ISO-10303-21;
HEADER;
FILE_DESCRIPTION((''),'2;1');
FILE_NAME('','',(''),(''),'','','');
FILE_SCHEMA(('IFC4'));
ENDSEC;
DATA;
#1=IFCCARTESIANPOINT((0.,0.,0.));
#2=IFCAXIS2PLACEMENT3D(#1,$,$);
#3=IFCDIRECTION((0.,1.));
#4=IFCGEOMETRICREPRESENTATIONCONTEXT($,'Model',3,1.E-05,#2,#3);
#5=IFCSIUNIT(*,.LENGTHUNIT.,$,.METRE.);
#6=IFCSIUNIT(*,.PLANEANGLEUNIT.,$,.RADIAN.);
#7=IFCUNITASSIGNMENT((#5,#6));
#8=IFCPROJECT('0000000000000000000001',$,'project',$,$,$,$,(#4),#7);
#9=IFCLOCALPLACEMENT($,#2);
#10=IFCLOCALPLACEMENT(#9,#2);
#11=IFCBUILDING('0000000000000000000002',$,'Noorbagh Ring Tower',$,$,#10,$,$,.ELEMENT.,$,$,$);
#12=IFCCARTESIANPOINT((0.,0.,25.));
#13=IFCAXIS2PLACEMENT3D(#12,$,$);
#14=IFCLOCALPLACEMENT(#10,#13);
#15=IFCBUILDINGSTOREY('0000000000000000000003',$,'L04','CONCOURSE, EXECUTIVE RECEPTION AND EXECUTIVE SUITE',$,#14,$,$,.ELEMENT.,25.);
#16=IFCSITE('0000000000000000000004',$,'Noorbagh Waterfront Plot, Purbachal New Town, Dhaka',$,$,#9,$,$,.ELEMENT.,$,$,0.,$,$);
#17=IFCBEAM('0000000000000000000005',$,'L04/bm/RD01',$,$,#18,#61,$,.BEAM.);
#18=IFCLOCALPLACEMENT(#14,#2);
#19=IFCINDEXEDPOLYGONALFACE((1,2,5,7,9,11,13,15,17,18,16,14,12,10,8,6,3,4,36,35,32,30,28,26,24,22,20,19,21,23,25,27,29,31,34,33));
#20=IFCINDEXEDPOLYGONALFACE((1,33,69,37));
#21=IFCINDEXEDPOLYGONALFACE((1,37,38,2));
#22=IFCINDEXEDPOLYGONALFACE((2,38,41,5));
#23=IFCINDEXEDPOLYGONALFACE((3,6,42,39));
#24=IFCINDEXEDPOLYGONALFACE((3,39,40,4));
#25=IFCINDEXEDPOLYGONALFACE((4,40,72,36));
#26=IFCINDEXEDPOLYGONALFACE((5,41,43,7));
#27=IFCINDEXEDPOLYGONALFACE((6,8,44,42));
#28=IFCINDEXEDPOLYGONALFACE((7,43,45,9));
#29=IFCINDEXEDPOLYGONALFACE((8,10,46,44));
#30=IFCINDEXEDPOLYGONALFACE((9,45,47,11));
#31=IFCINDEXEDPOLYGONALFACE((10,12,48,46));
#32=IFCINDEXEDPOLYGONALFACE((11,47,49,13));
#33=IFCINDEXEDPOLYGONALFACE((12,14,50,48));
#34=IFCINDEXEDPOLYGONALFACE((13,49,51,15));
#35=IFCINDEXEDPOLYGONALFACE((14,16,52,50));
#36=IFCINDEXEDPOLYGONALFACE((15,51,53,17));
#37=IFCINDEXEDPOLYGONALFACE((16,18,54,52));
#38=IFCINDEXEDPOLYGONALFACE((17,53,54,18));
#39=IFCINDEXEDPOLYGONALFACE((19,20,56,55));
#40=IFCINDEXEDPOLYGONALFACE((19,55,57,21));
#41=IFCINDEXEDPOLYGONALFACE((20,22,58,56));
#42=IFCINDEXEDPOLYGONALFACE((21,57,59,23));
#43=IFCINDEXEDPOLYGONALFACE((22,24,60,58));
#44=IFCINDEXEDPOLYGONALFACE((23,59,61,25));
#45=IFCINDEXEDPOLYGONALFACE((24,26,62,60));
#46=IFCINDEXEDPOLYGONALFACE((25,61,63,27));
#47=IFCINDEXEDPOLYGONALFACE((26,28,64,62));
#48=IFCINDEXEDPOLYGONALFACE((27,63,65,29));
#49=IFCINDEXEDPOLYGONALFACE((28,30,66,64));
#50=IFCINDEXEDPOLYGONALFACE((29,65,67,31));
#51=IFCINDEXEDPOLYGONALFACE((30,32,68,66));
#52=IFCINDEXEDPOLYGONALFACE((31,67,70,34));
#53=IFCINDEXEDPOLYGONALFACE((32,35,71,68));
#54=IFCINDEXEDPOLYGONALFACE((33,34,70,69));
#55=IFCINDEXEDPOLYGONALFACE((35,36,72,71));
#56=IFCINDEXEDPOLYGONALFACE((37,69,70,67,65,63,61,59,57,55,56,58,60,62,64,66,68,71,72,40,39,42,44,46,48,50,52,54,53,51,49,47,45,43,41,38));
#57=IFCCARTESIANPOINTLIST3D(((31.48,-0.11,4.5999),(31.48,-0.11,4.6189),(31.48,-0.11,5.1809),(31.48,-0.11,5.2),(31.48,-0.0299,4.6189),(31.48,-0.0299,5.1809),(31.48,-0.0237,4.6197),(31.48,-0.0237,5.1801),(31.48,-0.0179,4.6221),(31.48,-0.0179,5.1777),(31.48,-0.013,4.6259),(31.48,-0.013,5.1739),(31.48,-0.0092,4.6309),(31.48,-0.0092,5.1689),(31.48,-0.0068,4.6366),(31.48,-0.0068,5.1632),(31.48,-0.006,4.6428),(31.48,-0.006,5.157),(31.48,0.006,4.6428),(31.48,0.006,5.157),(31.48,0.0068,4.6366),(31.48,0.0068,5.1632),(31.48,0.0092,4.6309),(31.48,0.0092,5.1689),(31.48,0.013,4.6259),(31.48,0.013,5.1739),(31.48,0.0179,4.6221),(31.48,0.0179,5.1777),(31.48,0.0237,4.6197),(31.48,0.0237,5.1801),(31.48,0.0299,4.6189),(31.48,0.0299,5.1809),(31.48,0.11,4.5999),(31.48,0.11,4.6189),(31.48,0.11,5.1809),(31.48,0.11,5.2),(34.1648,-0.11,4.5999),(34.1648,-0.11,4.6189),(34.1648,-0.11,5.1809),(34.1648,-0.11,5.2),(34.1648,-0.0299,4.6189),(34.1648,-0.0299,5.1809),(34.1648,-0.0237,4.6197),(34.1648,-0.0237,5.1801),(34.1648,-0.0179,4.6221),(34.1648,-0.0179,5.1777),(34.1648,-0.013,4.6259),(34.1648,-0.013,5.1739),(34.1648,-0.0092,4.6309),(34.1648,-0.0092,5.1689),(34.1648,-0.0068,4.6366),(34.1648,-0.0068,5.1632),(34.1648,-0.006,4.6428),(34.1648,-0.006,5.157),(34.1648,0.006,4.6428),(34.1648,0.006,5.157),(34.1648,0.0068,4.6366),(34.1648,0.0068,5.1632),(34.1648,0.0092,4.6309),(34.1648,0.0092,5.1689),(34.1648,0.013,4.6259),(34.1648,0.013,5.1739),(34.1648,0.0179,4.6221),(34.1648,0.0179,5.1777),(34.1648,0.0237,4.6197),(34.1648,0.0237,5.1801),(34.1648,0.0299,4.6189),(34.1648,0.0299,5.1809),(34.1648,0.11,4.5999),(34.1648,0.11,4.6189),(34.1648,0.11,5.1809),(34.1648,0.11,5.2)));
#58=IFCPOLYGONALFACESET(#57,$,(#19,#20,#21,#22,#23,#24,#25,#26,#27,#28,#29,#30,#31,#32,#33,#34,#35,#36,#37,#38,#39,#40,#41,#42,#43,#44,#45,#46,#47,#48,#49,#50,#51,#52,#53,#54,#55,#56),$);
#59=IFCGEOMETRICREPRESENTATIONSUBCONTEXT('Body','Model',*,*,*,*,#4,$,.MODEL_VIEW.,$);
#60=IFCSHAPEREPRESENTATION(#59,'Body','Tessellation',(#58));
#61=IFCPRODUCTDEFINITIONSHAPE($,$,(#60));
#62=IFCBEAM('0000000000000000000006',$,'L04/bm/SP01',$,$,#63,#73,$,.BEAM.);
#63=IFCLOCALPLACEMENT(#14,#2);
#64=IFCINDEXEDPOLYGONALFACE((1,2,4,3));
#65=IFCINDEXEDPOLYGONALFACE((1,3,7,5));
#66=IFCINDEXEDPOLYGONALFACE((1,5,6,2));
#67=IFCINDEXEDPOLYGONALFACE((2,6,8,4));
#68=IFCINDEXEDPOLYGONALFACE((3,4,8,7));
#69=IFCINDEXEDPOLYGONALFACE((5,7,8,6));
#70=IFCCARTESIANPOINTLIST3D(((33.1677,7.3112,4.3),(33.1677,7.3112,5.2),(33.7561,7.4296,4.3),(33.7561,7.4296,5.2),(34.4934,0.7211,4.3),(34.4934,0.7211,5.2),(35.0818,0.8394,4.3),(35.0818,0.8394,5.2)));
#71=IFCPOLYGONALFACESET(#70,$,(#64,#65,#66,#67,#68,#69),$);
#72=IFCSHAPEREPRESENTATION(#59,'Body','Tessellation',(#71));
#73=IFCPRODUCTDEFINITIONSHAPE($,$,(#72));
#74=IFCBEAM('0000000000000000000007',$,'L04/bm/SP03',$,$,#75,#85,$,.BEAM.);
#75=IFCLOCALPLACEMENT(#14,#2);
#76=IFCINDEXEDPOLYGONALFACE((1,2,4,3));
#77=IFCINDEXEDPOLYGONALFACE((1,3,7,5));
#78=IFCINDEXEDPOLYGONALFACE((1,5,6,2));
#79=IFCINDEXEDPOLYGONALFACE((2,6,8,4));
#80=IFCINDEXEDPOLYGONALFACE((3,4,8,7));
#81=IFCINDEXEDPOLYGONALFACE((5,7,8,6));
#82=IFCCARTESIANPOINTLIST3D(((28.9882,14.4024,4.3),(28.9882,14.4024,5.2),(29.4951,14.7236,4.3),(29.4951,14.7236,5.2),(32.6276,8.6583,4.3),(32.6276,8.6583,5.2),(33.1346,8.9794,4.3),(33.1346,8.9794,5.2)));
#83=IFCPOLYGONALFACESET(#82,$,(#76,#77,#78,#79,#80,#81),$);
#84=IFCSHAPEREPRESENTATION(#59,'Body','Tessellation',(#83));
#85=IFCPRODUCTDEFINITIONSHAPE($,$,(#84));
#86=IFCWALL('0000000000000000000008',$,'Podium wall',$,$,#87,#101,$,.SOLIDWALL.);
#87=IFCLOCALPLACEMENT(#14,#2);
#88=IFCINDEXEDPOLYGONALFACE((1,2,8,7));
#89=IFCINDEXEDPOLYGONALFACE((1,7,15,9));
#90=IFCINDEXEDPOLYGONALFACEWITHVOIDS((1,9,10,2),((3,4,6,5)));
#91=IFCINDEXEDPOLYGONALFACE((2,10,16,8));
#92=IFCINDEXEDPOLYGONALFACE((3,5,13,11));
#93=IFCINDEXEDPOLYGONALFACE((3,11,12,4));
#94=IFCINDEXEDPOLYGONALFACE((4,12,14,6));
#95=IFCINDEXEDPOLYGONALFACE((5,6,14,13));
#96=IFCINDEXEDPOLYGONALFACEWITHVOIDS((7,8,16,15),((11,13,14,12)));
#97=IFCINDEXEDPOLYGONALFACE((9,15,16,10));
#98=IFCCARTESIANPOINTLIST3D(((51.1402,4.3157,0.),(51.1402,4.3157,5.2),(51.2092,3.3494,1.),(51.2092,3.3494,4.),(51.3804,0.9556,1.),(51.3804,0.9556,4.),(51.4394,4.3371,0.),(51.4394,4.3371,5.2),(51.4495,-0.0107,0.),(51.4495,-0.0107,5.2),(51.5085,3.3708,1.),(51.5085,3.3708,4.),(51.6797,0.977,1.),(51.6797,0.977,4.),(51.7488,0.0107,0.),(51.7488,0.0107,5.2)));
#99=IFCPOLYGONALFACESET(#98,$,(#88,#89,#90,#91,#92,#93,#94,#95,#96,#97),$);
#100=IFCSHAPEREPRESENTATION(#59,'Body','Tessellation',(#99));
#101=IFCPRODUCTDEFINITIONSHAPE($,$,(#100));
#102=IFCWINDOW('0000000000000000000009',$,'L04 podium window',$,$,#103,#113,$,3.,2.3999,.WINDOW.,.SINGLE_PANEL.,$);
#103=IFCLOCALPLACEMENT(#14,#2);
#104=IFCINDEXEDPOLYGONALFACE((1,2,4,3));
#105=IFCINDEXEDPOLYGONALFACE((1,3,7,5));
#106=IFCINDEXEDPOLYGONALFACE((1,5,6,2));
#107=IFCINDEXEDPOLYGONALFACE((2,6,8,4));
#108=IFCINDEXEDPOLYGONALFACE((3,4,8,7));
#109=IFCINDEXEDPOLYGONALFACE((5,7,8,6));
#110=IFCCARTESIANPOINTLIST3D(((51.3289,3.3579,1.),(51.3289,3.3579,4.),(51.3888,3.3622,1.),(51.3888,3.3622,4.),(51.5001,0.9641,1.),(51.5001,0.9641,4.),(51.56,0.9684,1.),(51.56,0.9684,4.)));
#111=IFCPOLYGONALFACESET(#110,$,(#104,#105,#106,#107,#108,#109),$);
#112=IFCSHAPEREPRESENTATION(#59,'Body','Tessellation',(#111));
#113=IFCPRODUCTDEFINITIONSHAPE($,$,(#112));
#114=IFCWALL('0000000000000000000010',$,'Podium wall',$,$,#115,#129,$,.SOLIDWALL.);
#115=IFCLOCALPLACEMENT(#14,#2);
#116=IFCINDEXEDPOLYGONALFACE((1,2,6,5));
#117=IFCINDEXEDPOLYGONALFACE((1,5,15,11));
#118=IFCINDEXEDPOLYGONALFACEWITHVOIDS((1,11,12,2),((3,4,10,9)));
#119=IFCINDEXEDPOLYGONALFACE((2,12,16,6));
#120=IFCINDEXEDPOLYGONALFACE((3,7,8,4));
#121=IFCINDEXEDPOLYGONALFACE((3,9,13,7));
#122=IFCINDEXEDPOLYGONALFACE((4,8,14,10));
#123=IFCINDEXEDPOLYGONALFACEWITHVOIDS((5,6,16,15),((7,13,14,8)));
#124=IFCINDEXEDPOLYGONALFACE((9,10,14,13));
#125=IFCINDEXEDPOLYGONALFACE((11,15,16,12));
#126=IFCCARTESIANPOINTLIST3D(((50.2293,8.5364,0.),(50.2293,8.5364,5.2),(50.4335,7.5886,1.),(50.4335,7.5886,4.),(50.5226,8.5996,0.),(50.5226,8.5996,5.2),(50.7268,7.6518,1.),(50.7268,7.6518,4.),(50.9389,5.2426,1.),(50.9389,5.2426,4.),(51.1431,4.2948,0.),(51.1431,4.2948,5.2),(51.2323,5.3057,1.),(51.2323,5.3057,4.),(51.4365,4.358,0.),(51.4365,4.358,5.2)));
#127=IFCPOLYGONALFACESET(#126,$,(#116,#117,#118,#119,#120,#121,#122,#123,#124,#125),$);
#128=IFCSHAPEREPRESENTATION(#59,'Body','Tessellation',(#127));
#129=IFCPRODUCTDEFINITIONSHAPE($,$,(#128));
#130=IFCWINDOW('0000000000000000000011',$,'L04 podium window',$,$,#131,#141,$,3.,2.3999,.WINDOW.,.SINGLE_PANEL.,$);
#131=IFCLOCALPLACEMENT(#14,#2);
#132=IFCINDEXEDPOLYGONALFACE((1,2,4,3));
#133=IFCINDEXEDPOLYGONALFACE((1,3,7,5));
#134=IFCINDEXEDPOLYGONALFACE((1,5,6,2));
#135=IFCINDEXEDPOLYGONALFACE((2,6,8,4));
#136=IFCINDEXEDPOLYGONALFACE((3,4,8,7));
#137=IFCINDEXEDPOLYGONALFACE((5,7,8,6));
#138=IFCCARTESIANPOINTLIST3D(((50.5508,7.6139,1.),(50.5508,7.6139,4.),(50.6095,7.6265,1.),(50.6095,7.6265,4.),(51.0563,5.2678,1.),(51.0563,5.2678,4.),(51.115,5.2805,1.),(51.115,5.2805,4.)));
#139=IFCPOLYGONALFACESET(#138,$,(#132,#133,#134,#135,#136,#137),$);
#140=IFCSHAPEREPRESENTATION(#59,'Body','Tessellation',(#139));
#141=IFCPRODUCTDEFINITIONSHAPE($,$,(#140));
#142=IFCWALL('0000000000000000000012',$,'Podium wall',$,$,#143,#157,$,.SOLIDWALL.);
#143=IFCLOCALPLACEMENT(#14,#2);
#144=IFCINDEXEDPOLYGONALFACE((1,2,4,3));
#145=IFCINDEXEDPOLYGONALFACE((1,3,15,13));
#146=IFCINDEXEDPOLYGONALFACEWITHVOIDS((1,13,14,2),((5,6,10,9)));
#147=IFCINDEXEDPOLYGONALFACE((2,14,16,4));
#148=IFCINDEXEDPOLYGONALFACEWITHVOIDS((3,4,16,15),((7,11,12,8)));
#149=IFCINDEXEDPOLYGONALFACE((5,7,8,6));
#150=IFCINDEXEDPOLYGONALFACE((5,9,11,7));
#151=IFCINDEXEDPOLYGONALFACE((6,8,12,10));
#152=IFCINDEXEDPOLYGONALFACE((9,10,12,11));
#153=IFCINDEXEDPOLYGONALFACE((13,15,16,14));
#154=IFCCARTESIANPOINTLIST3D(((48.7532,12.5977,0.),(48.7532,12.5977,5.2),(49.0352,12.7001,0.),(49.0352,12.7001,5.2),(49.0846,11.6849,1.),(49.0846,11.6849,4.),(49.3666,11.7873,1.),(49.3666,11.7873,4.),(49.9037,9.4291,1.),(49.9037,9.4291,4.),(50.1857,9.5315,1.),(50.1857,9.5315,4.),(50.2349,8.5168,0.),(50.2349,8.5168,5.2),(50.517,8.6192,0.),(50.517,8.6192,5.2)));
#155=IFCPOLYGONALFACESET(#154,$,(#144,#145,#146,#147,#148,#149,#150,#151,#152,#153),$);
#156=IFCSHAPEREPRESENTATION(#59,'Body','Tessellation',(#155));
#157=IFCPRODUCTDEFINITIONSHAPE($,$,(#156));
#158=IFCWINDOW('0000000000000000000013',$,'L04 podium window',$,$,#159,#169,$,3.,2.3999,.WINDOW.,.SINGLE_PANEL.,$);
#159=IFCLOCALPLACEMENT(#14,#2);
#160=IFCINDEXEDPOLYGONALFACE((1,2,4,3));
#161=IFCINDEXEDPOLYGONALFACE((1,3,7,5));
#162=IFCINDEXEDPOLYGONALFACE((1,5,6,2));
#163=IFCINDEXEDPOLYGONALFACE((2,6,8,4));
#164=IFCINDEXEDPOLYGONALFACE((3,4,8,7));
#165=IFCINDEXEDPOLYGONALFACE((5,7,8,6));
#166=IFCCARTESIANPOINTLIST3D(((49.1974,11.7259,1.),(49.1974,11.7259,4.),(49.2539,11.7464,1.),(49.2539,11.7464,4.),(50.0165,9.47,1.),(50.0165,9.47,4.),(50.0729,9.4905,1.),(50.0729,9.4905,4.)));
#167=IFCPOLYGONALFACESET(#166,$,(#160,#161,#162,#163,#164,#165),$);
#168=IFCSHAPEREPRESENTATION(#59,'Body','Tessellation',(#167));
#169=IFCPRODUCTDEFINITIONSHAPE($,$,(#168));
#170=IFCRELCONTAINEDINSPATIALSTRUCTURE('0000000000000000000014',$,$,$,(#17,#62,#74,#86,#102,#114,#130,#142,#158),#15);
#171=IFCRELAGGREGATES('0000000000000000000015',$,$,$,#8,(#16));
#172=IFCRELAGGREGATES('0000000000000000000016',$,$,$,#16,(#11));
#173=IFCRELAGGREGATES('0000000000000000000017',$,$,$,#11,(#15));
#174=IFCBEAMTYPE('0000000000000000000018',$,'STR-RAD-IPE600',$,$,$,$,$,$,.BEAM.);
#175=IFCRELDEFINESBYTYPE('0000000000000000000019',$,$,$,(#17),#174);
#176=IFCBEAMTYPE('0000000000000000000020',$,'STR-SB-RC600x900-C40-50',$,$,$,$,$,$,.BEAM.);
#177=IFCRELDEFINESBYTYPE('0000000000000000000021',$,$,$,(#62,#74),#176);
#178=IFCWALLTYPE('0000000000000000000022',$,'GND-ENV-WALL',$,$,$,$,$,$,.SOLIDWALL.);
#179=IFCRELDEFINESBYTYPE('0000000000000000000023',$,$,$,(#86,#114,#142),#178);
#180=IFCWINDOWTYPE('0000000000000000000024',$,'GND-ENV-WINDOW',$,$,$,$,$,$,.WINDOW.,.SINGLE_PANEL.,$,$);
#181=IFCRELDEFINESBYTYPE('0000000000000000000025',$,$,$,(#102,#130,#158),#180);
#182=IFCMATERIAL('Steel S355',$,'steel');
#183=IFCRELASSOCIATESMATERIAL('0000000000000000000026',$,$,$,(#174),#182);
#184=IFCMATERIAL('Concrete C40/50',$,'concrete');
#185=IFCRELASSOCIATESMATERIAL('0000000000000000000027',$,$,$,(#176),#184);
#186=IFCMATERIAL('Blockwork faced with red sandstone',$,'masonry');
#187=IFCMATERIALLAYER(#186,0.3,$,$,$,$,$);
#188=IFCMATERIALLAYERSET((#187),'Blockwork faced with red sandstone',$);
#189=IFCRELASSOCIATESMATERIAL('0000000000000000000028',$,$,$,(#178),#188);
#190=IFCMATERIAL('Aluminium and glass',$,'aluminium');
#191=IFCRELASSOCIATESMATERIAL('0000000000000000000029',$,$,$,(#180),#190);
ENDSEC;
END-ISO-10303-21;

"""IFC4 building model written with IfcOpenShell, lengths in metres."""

from ifc_helpers import new_model, si_unit, direction, frame, frame_2d, origin, origin_2d, place, context, subcontext, project, spatial, rectangle, i_section, extrude, material, layer, layer_set, material_profile, profile_set, type_object, element, fill, save


model = new_model("IFC4")

# Units and contexts
model_context = context("Model", 3, precision=1e-05, world=origin(), true_north=direction((0.0, 1.0)))
body_context = subcontext(model_context, "Body", "Model", "MODEL_VIEW")
ifc_project = project(units=[si_unit("LENGTHUNIT", "METRE"), si_unit("PLANEANGLEUNIT", "RADIAN")], contexts=[model_context])

# Site, building, storey
site_placement = place(None, origin())
site = spatial("IfcSite", under=ifc_project, at=site_placement, Name="Noorbagh Waterfront Plot, Purbachal New Town, Dhaka", CompositionType="ELEMENT", RefElevation=0.0)
building_placement = place(site_placement, origin())
building = spatial("IfcBuilding", under=site, at=building_placement, Name="Noorbagh Ring Tower", CompositionType="ELEMENT")
storey_placement = place(building_placement, frame((0.0, 0.0, 25.0)))
storey = spatial("IfcBuildingStorey", under=building, at=storey_placement, Name="L04", Description="CONCOURSE, EXECUTIVE RECEPTION AND EXECUTIVE SUITE", CompositionType="ELEMENT", Elevation=25.0)

# Beams
ifc_material_1 = material(Name="Steel S355", Category="steel")
ifc_material_profile_1 = material_profile(ifc_material_1, i_section(OverallWidth=0.22, OverallDepth=0.6001, WebThickness=0.012, FlangeThickness=0.019, FilletRadius=0.0239, at=origin_2d()), Name="IPE600")
ifc_profile_set_1 = profile_set([ifc_material_profile_1], Name="Steel S355")
beam_type_1 = type_object("IfcBeamType", Name="STR-RAD-IPE600", PredefinedType="BEAM", material=ifc_profile_set_1)
beam_1_placement = place(storey_placement, frame((34.1648, 0.0, 4.8999), z_axis=(-1.0, 0.0, 0.0), x_axis=(0.0, -1.0, 0.0)))
element("IfcBeam", 1, at=beam_1_placement, inside=storey, type_object=beam_type_1, Name="L04/bm/RD01", PredefinedType="BEAM", context=body_context, shape_type="SweptSolid", body=[
    extrude(i_section(OverallWidth=0.22, OverallDepth=0.6001, WebThickness=0.012, FlangeThickness=0.019, FilletRadius=0.0239, at=origin_2d()), origin(), (0.0, 0.0, 1.0), 2.6848),
])
ifc_material_2 = material(Name="Concrete C40/50", Category="concrete")
ifc_material_profile_2 = material_profile(ifc_material_2, rectangle(XDim=0.6001, YDim=0.8999, at=origin_2d()), Name="RC600x900")
ifc_profile_set_2 = profile_set([ifc_material_profile_2], Name="Concrete C40/50")
beam_type_2 = type_object("IfcBeamType", Name="STR-SB-RC600x900-C40-50", PredefinedType="BEAM", material=ifc_profile_set_2)
beam_2_placement = place(storey_placement, frame((34.7876, 0.7803, 4.75), z_axis=(-0.197213, 0.980361, 0.0), x_axis=(-0.980361, -0.197213, 0.0)))
element("IfcBeam", 2, at=beam_2_placement, inside=storey, type_object=beam_type_2, Name="L04/bm/SP01", PredefinedType="BEAM", context=body_context, shape_type="SweptSolid", body=[
    extrude(rectangle(XDim=0.6001, YDim=0.8999, at=origin_2d()), origin(), (0.0, 0.0, 1.0), 6.7222),
])
beam_3_placement = place(storey_placement, frame((32.8811, 8.8188, 4.75), z_axis=(-0.535204, 0.844723, 0.0), x_axis=(-0.844723, -0.535204, 0.0)))
element("IfcBeam", 3, at=beam_3_placement, inside=storey, type_object=beam_type_2, Name="L04/bm/SP03", PredefinedType="BEAM", context=body_context, shape_type="SweptSolid", body=[
    extrude(rectangle(XDim=0.6001, YDim=0.8999, at=origin_2d()), origin(), (0.0, 0.0, 1.0), 6.8),
])

# Walls, openings, windows
ifc_material_3 = material(Name="Blockwork faced with red sandstone", Category="masonry")
ifc_layer_1 = layer(ifc_material_3, 0.3)
ifc_layer_set_1 = layer_set([ifc_layer_1], Name="Blockwork faced with red sandstone")
wall_type_1 = type_object("IfcWallType", Name="GND-ENV-WALL", PredefinedType="SOLIDWALL", material=ifc_layer_set_1)
wall_1_placement = place(storey_placement, frame((51.5991, 0.0, 0.0), z_axis=(0.0, 0.0, 1.0), x_axis=(-0.071315, 0.997454, 0.0)))
wall_1 = element("IfcWall", 4, at=wall_1_placement, inside=storey, type_object=wall_type_1, Name="Podium wall", PredefinedType="SOLIDWALL", context=body_context, shape_type="SweptSolid", body=[
    extrude(rectangle(XDim=4.3374, YDim=0.3, at=frame_2d((2.1687, 0.0))), origin(), (0.0, 0.0, 1.0), 5.2),
])
opening_1_placement = place(wall_1_placement, frame((0.9688, 0.0, 1.0)))
opening_1 = element("IfcOpeningElement", 5, at=opening_1_placement, cuts=wall_1, PredefinedType="OPENING", context=body_context, shape_type="SweptSolid", body=[
    extrude(rectangle(XDim=2.3999, YDim=3.0, at=frame_2d((1.2, 1.5))), frame((0.0, 0.1602, 0.0), z_axis=(0.0, -1.0, 0.0), x_axis=(1.0, 0.0, 0.0)), (0.0, 0.0, 1.0), 0.3201),
])
ifc_material_4 = material(Name="Aluminium and glass", Category="aluminium")
window_type = type_object("IfcWindowType", Name="GND-ENV-WINDOW", PartitioningType="SINGLE_PANEL", PredefinedType="WINDOW", material=ifc_material_4)
window_1_placement = place(opening_1_placement, origin())
window_1 = element("IfcWindow", 6, at=window_1_placement, inside=storey, type_object=window_type, Name="L04 podium window", OverallHeight=3.0, OverallWidth=2.3999, PartitioningType="SINGLE_PANEL", PredefinedType="WINDOW", context=body_context, shape_type="SweptSolid", body=[
    extrude(rectangle(XDim=2.3999, YDim=3.0, at=frame_2d((1.2, 1.5))), frame((0.0, 0.03, 0.0), z_axis=(0.0, -1.0, 0.0), x_axis=(1.0, 0.0, 0.0)), (0.0, 0.0, 1.0), 0.0601),
])
fill(opening_1, window_1)
wall_2_placement = place(storey_placement, frame((51.2898, 4.3264, 0.0), z_axis=(0.0, 0.0, 1.0), x_axis=(-0.210616, 0.977569, 0.0)))
wall_2 = element("IfcWall", 7, at=wall_2_placement, inside=storey, type_object=wall_type_1, Name="Podium wall", PredefinedType="SOLIDWALL", context=body_context, shape_type="SweptSolid", body=[
    extrude(rectangle(XDim=4.3389, YDim=0.3, at=frame_2d((2.1694, 0.0))), origin(), (0.0, 0.0, 1.0), 5.2),
])
opening_2_placement = place(wall_2_placement, frame((0.9695, 0.0, 1.0)))
opening_2 = element("IfcOpeningElement", 8, at=opening_2_placement, cuts=wall_2, PredefinedType="OPENING", context=body_context, shape_type="SweptSolid", body=[
    extrude(rectangle(XDim=2.3999, YDim=3.0, at=frame_2d((1.2, 1.5))), frame((0.0, 0.1602, 0.0), z_axis=(0.0, -1.0, 0.0), x_axis=(1.0, 0.0, 0.0)), (0.0, 0.0, 1.0), 0.3201),
])
window_2_placement = place(opening_2_placement, origin())
window_2 = element("IfcWindow", 9, at=window_2_placement, inside=storey, type_object=window_type, Name="L04 podium window", OverallHeight=3.0, OverallWidth=2.3999, PartitioningType="SINGLE_PANEL", PredefinedType="WINDOW", context=body_context, shape_type="SweptSolid", body=[
    extrude(rectangle(XDim=2.3999, YDim=3.0, at=frame_2d((1.2, 1.5))), frame((0.0, 0.03, 0.0), z_axis=(0.0, -1.0, 0.0), x_axis=(1.0, 0.0, 0.0)), (0.0, 0.0, 1.0), 0.0601),
])
fill(opening_2, window_2)
wall_3_placement = place(storey_placement, frame((50.376, 8.5679, 0.0), z_axis=(0.0, 0.0, 1.0), x_axis=(-0.341287, 0.939959, 0.0)))
wall_3 = element("IfcWall", 10, at=wall_3_placement, inside=storey, type_object=wall_type_1, Name="Podium wall", PredefinedType="SOLIDWALL", context=body_context, shape_type="SweptSolid", body=[
    extrude(rectangle(XDim=4.3416, YDim=0.3, at=frame_2d((2.1709, 0.0))), origin(), (0.0, 0.0, 1.0), 5.2),
])
opening_3_placement = place(wall_3_placement, frame((0.9707, 0.0, 1.0)))
opening_3 = element("IfcOpeningElement", 11, at=opening_3_placement, cuts=wall_3, PredefinedType="OPENING", context=body_context, shape_type="SweptSolid", body=[
    extrude(rectangle(XDim=2.3999, YDim=3.0, at=frame_2d((1.2, 1.5))), frame((0.0, 0.1602, 0.0), z_axis=(0.0, -1.0, 0.0), x_axis=(1.0, 0.0, 0.0)), (0.0, 0.0, 1.0), 0.3201),
])
window_3_placement = place(opening_3_placement, origin())
window_3 = element("IfcWindow", 12, at=window_3_placement, inside=storey, type_object=window_type, Name="L04 podium window", OverallHeight=3.0, OverallWidth=2.3999, PartitioningType="SINGLE_PANEL", PredefinedType="WINDOW", context=body_context, shape_type="SweptSolid", body=[
    extrude(rectangle(XDim=2.3999, YDim=3.0, at=frame_2d((1.2, 1.5))), frame((0.0, 0.03, 0.0), z_axis=(0.0, -1.0, 0.0), x_axis=(1.0, 0.0, 0.0)), (0.0, 0.0, 1.0), 0.0601),
])
fill(opening_3, window_3)

save(model, "model.ifc")
